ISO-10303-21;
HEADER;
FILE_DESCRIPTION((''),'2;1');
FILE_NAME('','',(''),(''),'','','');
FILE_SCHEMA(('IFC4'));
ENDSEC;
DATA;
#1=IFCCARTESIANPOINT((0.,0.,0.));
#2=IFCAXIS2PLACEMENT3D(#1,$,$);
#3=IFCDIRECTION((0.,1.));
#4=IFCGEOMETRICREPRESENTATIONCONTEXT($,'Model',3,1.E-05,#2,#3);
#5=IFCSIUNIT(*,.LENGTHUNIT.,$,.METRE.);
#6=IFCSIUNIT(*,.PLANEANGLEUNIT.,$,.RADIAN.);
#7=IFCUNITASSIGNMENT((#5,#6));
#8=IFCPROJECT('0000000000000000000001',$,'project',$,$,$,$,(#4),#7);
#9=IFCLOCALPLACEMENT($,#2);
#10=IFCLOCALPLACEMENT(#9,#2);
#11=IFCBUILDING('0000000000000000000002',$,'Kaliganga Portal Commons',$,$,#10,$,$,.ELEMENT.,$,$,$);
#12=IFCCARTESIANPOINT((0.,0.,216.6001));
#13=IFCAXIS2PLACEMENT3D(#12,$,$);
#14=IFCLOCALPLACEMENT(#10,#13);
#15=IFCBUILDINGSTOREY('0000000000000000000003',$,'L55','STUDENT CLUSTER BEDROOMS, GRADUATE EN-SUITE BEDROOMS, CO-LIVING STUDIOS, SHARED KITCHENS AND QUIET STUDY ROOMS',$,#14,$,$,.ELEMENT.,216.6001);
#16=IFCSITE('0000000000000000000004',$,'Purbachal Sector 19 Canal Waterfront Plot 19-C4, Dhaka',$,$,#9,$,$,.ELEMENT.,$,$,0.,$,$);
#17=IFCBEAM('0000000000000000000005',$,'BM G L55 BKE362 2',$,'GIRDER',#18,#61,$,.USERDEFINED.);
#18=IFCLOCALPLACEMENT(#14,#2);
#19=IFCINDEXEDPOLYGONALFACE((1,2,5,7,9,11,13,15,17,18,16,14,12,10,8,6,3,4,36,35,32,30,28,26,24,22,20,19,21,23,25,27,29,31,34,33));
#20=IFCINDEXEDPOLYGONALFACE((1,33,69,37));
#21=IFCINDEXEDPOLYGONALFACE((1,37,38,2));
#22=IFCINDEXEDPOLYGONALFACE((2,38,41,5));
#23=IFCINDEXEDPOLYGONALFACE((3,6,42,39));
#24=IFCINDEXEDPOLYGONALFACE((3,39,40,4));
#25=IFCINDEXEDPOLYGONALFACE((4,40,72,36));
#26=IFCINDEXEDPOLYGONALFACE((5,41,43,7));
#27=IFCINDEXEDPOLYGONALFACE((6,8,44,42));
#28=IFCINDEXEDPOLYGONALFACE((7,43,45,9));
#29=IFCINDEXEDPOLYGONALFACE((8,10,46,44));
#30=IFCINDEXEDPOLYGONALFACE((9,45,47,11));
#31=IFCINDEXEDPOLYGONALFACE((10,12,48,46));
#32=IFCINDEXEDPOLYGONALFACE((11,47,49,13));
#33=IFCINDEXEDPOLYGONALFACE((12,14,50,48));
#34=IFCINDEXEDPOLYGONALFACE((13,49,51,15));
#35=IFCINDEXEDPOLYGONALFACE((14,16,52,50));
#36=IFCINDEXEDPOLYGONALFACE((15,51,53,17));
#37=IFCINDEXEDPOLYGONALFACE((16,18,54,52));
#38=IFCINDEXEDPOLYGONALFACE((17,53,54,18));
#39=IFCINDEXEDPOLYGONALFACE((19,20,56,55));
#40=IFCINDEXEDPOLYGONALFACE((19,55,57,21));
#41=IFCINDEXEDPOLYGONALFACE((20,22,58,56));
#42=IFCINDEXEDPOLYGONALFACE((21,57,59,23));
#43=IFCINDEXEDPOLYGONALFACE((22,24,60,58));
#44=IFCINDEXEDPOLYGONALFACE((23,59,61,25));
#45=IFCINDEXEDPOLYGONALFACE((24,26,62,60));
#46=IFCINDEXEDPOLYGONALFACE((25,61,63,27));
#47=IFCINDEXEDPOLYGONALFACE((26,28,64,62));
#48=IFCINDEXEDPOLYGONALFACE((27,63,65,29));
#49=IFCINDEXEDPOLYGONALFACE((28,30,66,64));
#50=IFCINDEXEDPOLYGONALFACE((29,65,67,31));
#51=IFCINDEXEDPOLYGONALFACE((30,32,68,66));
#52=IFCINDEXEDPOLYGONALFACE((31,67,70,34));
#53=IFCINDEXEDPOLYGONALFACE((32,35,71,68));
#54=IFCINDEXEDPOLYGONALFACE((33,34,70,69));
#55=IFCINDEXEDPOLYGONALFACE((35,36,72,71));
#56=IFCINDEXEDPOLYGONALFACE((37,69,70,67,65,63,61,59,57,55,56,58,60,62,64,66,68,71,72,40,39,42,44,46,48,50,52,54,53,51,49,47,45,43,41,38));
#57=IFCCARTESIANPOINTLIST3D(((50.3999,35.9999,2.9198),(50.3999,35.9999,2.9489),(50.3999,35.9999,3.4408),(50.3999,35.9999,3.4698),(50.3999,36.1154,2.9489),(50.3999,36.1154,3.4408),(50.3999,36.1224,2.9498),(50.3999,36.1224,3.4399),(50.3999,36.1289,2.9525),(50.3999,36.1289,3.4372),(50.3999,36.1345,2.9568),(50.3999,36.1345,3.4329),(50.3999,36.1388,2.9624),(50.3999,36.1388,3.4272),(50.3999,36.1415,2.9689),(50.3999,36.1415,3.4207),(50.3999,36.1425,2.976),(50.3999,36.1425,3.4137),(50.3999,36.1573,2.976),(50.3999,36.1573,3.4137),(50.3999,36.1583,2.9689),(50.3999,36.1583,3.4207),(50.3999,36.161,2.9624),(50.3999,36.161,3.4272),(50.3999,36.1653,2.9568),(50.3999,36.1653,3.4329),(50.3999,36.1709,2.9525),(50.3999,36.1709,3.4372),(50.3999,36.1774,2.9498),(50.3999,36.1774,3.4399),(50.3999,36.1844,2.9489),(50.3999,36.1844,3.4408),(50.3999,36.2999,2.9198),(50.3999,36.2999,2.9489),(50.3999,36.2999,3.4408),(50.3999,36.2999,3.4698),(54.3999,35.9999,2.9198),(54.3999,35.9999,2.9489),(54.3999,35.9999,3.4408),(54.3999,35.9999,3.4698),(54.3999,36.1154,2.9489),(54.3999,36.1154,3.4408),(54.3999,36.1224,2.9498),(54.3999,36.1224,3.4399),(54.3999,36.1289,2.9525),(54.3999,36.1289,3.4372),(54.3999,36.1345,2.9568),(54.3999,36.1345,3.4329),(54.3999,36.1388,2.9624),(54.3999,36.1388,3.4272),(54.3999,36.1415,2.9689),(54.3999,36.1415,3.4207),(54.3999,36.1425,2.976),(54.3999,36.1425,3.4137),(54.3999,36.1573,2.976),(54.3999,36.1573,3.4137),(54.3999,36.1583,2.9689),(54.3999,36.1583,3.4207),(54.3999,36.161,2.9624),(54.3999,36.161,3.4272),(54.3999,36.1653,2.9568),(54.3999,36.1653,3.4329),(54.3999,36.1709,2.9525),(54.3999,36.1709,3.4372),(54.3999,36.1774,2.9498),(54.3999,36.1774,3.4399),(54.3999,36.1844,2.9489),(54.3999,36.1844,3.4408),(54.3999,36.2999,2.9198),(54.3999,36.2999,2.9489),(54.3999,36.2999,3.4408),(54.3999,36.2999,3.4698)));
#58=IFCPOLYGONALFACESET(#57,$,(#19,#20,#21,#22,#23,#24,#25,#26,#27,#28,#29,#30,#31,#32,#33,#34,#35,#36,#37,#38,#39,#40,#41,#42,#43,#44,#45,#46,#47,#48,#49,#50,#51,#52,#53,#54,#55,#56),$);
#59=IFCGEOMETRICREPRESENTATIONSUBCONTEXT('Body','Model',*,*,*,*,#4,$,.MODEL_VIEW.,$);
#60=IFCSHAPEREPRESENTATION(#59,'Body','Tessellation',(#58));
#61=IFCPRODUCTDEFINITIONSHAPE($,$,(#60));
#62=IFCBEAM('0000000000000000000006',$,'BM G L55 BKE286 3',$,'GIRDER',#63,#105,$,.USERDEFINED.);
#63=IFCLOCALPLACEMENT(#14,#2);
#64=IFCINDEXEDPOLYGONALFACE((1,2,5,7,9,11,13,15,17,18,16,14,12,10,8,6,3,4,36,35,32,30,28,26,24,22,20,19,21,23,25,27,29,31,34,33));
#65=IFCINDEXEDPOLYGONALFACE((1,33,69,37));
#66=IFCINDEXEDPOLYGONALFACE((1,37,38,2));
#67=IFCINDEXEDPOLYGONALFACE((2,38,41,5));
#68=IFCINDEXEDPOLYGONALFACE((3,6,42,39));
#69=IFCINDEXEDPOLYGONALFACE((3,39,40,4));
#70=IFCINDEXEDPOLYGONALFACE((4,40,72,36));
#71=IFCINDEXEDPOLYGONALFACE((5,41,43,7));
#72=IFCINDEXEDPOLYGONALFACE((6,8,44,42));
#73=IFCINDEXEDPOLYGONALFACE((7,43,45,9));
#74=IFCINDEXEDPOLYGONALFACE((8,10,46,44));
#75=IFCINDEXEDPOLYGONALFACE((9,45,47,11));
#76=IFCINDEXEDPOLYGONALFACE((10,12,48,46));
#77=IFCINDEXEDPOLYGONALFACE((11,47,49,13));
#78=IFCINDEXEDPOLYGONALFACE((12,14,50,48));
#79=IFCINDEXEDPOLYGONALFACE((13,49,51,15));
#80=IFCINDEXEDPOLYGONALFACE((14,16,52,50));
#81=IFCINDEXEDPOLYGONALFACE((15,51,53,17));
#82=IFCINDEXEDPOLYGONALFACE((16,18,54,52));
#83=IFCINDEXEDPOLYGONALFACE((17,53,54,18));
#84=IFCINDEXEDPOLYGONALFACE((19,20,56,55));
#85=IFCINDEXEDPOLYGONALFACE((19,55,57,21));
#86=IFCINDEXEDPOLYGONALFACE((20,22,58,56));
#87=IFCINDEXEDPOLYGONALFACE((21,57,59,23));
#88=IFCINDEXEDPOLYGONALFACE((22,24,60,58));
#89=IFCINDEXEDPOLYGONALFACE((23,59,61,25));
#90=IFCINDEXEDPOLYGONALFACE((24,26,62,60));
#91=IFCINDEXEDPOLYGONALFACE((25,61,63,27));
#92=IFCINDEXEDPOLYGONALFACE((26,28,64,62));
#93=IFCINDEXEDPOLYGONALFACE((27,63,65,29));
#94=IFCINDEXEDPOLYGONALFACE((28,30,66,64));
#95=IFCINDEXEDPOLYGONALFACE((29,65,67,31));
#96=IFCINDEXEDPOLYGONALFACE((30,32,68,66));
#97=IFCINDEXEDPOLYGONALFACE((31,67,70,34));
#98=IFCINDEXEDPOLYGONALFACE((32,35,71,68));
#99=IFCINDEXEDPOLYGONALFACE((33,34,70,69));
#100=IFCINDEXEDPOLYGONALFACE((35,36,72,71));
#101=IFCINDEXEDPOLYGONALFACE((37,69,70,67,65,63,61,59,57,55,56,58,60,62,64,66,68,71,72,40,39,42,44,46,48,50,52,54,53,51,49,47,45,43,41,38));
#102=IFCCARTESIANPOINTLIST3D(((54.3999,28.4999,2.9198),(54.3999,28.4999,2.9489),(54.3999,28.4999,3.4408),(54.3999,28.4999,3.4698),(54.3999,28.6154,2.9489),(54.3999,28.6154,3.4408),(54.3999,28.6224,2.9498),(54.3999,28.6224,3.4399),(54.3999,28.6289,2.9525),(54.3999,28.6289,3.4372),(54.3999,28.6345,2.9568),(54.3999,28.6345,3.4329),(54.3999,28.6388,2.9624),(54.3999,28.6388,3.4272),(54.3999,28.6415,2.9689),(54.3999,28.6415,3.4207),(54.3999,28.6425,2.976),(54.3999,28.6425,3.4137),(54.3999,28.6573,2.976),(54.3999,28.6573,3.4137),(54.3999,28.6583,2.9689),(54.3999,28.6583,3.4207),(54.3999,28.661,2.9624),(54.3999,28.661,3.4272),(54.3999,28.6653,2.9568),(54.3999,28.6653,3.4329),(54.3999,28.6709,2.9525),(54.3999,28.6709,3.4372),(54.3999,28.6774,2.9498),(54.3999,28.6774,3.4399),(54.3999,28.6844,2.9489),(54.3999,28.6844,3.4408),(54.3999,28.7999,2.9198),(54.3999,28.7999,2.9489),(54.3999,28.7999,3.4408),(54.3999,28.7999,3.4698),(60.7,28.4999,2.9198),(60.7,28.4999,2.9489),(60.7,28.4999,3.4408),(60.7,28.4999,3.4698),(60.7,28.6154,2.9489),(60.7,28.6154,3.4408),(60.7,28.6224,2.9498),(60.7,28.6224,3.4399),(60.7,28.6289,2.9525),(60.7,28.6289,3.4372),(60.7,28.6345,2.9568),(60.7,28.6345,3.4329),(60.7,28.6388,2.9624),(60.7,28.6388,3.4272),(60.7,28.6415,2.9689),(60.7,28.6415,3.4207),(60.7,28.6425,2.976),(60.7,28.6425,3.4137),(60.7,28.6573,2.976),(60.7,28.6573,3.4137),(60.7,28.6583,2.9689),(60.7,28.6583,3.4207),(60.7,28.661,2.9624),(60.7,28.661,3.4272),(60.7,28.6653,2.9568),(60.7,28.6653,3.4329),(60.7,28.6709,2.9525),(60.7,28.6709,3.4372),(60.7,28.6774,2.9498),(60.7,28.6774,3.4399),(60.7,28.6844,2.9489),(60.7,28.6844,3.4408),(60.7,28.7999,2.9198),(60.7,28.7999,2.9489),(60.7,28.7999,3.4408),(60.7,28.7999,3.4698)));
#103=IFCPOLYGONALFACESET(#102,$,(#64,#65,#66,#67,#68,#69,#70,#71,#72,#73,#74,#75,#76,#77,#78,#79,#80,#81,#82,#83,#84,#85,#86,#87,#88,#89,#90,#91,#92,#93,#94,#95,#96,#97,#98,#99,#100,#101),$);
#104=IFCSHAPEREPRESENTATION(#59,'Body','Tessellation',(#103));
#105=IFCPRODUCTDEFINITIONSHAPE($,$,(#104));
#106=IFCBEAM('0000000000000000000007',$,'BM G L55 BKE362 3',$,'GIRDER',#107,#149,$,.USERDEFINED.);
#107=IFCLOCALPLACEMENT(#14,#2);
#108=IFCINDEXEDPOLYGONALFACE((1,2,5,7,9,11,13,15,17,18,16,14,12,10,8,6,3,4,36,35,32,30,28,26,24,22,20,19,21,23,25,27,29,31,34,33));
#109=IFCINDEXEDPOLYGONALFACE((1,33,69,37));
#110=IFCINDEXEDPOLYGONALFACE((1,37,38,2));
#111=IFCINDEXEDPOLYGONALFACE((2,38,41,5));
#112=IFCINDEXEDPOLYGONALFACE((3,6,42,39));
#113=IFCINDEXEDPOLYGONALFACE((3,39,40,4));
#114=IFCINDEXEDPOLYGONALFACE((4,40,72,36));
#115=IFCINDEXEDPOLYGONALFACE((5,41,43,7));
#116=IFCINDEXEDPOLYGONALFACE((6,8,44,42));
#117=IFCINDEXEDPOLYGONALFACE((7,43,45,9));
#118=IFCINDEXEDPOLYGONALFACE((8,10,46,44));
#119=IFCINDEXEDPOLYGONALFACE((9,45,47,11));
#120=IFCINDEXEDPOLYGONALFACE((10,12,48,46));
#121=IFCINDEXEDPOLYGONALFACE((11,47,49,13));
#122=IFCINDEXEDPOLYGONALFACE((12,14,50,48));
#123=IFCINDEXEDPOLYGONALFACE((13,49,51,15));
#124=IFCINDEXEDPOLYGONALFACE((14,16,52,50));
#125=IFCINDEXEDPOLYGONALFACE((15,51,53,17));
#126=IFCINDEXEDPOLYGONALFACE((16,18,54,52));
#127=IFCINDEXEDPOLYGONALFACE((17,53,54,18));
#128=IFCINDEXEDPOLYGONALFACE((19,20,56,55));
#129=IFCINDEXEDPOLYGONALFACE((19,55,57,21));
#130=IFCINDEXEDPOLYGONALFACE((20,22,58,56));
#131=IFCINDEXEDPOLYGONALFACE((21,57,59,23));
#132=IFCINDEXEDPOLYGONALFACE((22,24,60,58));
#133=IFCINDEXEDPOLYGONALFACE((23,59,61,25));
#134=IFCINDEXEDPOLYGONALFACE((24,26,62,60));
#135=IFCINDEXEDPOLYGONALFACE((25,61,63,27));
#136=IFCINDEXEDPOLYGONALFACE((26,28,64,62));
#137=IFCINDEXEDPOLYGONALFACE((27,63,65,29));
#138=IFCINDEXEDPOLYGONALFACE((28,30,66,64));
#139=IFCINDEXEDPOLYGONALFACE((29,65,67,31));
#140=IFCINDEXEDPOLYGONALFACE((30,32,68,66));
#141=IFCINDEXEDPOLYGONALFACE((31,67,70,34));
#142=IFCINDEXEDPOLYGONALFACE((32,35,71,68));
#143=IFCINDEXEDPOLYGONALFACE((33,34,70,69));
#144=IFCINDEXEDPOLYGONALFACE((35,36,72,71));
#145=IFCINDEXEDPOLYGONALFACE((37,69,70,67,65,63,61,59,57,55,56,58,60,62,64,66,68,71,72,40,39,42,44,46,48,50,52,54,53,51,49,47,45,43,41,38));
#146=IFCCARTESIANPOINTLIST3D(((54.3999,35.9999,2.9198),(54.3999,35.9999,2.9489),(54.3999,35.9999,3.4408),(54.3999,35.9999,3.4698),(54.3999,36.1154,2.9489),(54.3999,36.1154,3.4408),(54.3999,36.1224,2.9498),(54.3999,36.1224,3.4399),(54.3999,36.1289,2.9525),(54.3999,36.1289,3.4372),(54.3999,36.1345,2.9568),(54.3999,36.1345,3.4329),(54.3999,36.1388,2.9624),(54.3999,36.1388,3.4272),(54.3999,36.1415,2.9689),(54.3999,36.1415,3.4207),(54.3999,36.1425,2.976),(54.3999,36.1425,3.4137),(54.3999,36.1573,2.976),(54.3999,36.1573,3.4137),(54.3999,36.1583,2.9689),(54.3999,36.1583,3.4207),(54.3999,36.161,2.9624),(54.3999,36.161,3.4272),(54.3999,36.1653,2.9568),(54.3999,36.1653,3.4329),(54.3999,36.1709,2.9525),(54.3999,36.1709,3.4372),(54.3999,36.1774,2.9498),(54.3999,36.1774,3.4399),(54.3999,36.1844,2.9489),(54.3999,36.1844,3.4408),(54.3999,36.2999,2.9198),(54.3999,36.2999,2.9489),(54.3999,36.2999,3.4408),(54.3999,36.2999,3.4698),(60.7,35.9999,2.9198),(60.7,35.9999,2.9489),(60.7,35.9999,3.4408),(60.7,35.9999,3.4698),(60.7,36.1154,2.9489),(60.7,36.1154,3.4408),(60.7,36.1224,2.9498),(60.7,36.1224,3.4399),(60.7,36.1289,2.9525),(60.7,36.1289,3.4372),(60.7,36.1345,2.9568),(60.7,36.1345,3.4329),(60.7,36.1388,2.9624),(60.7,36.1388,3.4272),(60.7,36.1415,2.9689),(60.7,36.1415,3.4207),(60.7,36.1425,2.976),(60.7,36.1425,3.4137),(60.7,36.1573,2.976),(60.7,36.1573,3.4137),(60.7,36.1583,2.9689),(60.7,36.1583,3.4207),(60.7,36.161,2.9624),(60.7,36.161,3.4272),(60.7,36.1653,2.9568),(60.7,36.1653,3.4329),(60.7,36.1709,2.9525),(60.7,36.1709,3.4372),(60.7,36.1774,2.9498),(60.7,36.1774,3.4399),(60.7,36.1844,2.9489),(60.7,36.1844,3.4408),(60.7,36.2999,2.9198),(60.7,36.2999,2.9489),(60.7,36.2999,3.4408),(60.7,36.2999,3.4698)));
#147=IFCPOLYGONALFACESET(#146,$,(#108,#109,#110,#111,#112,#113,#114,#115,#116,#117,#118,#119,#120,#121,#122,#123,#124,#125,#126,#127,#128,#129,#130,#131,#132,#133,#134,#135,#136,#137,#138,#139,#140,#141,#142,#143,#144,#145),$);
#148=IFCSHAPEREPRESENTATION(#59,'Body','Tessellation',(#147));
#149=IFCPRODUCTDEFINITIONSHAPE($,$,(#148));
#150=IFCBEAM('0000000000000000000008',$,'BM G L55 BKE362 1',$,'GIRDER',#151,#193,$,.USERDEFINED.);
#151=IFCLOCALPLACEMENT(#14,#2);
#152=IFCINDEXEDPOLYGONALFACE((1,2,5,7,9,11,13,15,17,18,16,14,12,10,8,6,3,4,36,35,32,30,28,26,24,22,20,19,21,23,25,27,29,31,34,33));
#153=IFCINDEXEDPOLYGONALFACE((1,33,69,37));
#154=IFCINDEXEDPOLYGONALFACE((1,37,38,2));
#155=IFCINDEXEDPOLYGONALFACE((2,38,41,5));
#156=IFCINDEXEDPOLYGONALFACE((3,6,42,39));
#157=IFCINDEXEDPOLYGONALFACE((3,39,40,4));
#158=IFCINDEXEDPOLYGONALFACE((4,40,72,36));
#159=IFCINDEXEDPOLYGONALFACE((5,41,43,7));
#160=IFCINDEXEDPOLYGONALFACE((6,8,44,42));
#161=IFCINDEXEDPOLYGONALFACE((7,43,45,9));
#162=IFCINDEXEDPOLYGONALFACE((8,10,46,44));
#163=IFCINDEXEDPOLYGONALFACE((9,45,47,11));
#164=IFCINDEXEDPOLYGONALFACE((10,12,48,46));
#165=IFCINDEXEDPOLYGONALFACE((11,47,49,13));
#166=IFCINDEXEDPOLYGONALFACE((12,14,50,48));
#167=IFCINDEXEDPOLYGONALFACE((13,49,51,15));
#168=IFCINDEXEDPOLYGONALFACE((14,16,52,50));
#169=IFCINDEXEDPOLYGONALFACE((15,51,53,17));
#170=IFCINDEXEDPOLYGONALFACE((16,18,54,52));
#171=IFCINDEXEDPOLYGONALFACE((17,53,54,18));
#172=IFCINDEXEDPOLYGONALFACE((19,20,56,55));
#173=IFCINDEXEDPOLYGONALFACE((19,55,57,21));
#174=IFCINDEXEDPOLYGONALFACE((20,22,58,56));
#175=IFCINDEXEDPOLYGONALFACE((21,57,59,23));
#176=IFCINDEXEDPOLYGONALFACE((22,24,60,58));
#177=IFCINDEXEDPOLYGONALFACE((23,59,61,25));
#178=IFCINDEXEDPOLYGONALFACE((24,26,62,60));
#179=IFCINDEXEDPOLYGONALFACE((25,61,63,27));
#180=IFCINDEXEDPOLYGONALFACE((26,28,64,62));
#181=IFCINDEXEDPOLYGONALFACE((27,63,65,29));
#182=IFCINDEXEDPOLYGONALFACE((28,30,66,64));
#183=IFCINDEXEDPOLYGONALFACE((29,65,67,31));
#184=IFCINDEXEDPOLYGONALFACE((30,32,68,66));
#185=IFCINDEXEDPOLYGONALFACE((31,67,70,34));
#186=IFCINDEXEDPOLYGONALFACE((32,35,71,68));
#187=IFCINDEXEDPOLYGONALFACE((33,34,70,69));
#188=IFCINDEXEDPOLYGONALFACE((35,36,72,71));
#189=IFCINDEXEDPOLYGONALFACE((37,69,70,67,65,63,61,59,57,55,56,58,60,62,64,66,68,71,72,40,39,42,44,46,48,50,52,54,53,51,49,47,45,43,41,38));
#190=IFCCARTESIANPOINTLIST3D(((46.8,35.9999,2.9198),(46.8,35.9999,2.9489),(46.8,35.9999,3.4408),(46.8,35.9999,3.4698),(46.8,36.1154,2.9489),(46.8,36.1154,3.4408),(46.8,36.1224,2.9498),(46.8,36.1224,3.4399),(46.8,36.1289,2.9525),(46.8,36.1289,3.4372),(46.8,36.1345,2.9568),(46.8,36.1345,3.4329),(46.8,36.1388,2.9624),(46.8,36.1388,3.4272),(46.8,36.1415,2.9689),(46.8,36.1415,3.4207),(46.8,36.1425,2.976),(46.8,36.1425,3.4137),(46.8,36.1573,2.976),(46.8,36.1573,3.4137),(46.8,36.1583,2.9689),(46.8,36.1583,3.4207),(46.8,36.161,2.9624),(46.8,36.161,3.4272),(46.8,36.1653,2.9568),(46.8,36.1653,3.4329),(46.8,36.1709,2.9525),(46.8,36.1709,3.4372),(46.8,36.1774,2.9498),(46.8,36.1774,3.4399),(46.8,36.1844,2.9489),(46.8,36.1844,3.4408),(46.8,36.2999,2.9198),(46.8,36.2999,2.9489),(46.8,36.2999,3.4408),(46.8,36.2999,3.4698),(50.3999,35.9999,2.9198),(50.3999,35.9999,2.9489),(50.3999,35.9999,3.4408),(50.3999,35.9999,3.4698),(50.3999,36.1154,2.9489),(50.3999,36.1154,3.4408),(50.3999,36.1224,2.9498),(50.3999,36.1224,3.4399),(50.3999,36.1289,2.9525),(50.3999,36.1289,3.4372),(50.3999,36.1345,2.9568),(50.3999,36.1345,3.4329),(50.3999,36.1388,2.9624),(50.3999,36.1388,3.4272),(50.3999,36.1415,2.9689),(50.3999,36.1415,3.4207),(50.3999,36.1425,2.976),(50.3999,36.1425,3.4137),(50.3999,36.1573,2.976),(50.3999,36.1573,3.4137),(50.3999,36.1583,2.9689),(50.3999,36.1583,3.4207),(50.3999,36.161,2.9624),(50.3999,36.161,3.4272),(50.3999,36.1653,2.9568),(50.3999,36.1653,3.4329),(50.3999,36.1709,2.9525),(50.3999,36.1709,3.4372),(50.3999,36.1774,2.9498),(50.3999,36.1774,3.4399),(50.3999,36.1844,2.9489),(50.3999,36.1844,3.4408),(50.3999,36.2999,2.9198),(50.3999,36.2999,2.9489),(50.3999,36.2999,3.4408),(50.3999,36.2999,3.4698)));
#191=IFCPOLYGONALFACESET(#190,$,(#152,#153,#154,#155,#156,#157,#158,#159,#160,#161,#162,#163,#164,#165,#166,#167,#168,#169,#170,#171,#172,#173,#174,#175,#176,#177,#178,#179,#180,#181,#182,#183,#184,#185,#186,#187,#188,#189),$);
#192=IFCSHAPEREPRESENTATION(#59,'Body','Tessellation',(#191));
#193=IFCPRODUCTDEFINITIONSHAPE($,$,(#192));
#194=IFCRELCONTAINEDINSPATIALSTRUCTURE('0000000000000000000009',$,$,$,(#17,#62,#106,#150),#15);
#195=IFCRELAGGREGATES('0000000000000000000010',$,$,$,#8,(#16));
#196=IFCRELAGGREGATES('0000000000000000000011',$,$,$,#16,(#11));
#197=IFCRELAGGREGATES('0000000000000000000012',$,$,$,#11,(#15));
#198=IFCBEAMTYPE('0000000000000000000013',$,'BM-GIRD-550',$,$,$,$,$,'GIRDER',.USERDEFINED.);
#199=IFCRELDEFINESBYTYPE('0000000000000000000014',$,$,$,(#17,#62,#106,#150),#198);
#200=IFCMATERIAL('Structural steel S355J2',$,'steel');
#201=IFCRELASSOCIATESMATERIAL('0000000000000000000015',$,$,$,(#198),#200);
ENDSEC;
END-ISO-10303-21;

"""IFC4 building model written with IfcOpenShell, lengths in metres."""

from ifc_helpers import new_model, si_unit, direction, frame, origin, origin_2d, place, context, subcontext, project, spatial, i_section, extrude, source, transform, mapped, material, material_profile, profile_set, type_object, element, save


model = new_model("IFC4")

# Units and contexts
model_context = context("Model", 3, precision=1e-05, world=origin(), true_north=direction((0.0, 1.0)))
body_context = subcontext(model_context, "Body", "Model", "MODEL_VIEW")
ifc_project = project(units=[si_unit("LENGTHUNIT", "METRE"), si_unit("PLANEANGLEUNIT", "RADIAN")], contexts=[model_context])

# Site, building, storey
site_placement = place(None, origin())
site = spatial("IfcSite", under=ifc_project, at=site_placement, Name="Purbachal Sector 19 Canal Waterfront Plot 19-C4, Dhaka", CompositionType="ELEMENT", RefElevation=0.0)
building_placement = place(site_placement, origin())
building = spatial("IfcBuilding", under=site, at=building_placement, Name="Kaliganga Portal Commons", CompositionType="ELEMENT")
storey_placement = place(building_placement, frame((0.0, 0.0, 216.6001)))
storey = spatial("IfcBuildingStorey", under=building, at=storey_placement, Name="L55", Description="STUDENT CLUSTER BEDROOMS, GRADUATE EN-SUITE BEDROOMS, CO-LIVING STUDIOS, SHARED KITCHENS AND QUIET STUDY ROOMS", CompositionType="ELEMENT", Elevation=216.6001)

# Shared definitions
ifc_material_1 = material(Name="Structural steel S355J2", Category="steel")

# Beams
ifc_material_profile_1 = material_profile(ifc_material_1, i_section(OverallWidth=0.3, OverallDepth=0.55, WebThickness=0.0149, FlangeThickness=0.0291, FilletRadius=0.0271, at=origin_2d()), Name="HE 550 B")
ifc_profile_set_1 = profile_set([ifc_material_profile_1], Name="Structural steel S355J2 wide-flange")
beam_type_1 = type_object("IfcBeamType", Name="BM-GIRD-550", ElementType="GIRDER", PredefinedType="USERDEFINED", material=ifc_profile_set_1)
shared_shape_1 = source(origin(), body_context, "Body", "SweptSolid", [
    extrude(i_section(OverallWidth=0.3, OverallDepth=0.55, WebThickness=0.0149, FlangeThickness=0.0291, FilletRadius=0.0271, at=origin_2d()), origin(), (0.0, 0.0, 1.0), 4.0),
])
beam_1_placement = place(storey_placement, frame((50.3999, 36.1499, 3.1948), z_axis=(1.0, 0.0, 0.0), x_axis=(0.0, 1.0, 0.0)))
element("IfcBeam", 1, at=beam_1_placement, inside=storey, type_object=beam_type_1, Name="BM G L55 BKE362 2", ObjectType="GIRDER", PredefinedType="USERDEFINED", context=body_context, shape_type="MappedRepresentation", body=[
    mapped(shared_shape_1, transform((0.0, 0.0, 0.0), x_axis=(1.0, 0.0, 0.0), y_axis=(0.0, 1.0, 0.0), z_axis=(0.0, 0.0, 1.0), scale=1.0)),
])
shared_shape_2 = source(origin(), body_context, "Body", "SweptSolid", [
    extrude(i_section(OverallWidth=0.3, OverallDepth=0.55, WebThickness=0.0149, FlangeThickness=0.0291, FilletRadius=0.0271, at=origin_2d()), origin(), (0.0, 0.0, 1.0), 6.3),
])
for number, where, z_axis, x_axis, name in (
    (2, (54.3999, 28.6499, 3.1948), (1.0, 0.0, 0.0), (0.0, 1.0, 0.0), "BM G L55 BKE286 3"),
    (3, (54.3999, 36.1499, 3.1948), (1.0, 0.0, 0.0), (0.0, 1.0, 0.0), "BM G L55 BKE362 3"),
):
    element("IfcBeam", number, at=place(storey_placement, frame(where, z_axis=z_axis, x_axis=x_axis)), inside=storey, type_object=beam_type_1, Name=name, ObjectType="GIRDER", PredefinedType="USERDEFINED", context=body_context, shape_type="MappedRepresentation", body=[
        mapped(shared_shape_2, transform((0.0, 0.0, 0.0), x_axis=(1.0, 0.0, 0.0), y_axis=(0.0, 1.0, 0.0), z_axis=(0.0, 0.0, 1.0), scale=1.0)),
    ])
shared_shape_3 = source(origin(), body_context, "Body", "SweptSolid", [
    extrude(i_section(OverallWidth=0.3, OverallDepth=0.55, WebThickness=0.0149, FlangeThickness=0.0291, FilletRadius=0.0271, at=origin_2d()), origin(), (0.0, 0.0, 1.0), 3.5999),
])
beam_2_placement = place(storey_placement, frame((46.8, 36.1499, 3.1948), z_axis=(1.0, 0.0, 0.0), x_axis=(0.0, 1.0, 0.0)))
element("IfcBeam", 4, at=beam_2_placement, inside=storey, type_object=beam_type_1, Name="BM G L55 BKE362 1", ObjectType="GIRDER", PredefinedType="USERDEFINED", context=body_context, shape_type="MappedRepresentation", body=[
    mapped(shared_shape_3, transform((0.0, 0.0, 0.0), x_axis=(1.0, 0.0, 0.0), y_axis=(0.0, 1.0, 0.0), z_axis=(0.0, 0.0, 1.0), scale=1.0)),
])

save(model, "model.ifc")
